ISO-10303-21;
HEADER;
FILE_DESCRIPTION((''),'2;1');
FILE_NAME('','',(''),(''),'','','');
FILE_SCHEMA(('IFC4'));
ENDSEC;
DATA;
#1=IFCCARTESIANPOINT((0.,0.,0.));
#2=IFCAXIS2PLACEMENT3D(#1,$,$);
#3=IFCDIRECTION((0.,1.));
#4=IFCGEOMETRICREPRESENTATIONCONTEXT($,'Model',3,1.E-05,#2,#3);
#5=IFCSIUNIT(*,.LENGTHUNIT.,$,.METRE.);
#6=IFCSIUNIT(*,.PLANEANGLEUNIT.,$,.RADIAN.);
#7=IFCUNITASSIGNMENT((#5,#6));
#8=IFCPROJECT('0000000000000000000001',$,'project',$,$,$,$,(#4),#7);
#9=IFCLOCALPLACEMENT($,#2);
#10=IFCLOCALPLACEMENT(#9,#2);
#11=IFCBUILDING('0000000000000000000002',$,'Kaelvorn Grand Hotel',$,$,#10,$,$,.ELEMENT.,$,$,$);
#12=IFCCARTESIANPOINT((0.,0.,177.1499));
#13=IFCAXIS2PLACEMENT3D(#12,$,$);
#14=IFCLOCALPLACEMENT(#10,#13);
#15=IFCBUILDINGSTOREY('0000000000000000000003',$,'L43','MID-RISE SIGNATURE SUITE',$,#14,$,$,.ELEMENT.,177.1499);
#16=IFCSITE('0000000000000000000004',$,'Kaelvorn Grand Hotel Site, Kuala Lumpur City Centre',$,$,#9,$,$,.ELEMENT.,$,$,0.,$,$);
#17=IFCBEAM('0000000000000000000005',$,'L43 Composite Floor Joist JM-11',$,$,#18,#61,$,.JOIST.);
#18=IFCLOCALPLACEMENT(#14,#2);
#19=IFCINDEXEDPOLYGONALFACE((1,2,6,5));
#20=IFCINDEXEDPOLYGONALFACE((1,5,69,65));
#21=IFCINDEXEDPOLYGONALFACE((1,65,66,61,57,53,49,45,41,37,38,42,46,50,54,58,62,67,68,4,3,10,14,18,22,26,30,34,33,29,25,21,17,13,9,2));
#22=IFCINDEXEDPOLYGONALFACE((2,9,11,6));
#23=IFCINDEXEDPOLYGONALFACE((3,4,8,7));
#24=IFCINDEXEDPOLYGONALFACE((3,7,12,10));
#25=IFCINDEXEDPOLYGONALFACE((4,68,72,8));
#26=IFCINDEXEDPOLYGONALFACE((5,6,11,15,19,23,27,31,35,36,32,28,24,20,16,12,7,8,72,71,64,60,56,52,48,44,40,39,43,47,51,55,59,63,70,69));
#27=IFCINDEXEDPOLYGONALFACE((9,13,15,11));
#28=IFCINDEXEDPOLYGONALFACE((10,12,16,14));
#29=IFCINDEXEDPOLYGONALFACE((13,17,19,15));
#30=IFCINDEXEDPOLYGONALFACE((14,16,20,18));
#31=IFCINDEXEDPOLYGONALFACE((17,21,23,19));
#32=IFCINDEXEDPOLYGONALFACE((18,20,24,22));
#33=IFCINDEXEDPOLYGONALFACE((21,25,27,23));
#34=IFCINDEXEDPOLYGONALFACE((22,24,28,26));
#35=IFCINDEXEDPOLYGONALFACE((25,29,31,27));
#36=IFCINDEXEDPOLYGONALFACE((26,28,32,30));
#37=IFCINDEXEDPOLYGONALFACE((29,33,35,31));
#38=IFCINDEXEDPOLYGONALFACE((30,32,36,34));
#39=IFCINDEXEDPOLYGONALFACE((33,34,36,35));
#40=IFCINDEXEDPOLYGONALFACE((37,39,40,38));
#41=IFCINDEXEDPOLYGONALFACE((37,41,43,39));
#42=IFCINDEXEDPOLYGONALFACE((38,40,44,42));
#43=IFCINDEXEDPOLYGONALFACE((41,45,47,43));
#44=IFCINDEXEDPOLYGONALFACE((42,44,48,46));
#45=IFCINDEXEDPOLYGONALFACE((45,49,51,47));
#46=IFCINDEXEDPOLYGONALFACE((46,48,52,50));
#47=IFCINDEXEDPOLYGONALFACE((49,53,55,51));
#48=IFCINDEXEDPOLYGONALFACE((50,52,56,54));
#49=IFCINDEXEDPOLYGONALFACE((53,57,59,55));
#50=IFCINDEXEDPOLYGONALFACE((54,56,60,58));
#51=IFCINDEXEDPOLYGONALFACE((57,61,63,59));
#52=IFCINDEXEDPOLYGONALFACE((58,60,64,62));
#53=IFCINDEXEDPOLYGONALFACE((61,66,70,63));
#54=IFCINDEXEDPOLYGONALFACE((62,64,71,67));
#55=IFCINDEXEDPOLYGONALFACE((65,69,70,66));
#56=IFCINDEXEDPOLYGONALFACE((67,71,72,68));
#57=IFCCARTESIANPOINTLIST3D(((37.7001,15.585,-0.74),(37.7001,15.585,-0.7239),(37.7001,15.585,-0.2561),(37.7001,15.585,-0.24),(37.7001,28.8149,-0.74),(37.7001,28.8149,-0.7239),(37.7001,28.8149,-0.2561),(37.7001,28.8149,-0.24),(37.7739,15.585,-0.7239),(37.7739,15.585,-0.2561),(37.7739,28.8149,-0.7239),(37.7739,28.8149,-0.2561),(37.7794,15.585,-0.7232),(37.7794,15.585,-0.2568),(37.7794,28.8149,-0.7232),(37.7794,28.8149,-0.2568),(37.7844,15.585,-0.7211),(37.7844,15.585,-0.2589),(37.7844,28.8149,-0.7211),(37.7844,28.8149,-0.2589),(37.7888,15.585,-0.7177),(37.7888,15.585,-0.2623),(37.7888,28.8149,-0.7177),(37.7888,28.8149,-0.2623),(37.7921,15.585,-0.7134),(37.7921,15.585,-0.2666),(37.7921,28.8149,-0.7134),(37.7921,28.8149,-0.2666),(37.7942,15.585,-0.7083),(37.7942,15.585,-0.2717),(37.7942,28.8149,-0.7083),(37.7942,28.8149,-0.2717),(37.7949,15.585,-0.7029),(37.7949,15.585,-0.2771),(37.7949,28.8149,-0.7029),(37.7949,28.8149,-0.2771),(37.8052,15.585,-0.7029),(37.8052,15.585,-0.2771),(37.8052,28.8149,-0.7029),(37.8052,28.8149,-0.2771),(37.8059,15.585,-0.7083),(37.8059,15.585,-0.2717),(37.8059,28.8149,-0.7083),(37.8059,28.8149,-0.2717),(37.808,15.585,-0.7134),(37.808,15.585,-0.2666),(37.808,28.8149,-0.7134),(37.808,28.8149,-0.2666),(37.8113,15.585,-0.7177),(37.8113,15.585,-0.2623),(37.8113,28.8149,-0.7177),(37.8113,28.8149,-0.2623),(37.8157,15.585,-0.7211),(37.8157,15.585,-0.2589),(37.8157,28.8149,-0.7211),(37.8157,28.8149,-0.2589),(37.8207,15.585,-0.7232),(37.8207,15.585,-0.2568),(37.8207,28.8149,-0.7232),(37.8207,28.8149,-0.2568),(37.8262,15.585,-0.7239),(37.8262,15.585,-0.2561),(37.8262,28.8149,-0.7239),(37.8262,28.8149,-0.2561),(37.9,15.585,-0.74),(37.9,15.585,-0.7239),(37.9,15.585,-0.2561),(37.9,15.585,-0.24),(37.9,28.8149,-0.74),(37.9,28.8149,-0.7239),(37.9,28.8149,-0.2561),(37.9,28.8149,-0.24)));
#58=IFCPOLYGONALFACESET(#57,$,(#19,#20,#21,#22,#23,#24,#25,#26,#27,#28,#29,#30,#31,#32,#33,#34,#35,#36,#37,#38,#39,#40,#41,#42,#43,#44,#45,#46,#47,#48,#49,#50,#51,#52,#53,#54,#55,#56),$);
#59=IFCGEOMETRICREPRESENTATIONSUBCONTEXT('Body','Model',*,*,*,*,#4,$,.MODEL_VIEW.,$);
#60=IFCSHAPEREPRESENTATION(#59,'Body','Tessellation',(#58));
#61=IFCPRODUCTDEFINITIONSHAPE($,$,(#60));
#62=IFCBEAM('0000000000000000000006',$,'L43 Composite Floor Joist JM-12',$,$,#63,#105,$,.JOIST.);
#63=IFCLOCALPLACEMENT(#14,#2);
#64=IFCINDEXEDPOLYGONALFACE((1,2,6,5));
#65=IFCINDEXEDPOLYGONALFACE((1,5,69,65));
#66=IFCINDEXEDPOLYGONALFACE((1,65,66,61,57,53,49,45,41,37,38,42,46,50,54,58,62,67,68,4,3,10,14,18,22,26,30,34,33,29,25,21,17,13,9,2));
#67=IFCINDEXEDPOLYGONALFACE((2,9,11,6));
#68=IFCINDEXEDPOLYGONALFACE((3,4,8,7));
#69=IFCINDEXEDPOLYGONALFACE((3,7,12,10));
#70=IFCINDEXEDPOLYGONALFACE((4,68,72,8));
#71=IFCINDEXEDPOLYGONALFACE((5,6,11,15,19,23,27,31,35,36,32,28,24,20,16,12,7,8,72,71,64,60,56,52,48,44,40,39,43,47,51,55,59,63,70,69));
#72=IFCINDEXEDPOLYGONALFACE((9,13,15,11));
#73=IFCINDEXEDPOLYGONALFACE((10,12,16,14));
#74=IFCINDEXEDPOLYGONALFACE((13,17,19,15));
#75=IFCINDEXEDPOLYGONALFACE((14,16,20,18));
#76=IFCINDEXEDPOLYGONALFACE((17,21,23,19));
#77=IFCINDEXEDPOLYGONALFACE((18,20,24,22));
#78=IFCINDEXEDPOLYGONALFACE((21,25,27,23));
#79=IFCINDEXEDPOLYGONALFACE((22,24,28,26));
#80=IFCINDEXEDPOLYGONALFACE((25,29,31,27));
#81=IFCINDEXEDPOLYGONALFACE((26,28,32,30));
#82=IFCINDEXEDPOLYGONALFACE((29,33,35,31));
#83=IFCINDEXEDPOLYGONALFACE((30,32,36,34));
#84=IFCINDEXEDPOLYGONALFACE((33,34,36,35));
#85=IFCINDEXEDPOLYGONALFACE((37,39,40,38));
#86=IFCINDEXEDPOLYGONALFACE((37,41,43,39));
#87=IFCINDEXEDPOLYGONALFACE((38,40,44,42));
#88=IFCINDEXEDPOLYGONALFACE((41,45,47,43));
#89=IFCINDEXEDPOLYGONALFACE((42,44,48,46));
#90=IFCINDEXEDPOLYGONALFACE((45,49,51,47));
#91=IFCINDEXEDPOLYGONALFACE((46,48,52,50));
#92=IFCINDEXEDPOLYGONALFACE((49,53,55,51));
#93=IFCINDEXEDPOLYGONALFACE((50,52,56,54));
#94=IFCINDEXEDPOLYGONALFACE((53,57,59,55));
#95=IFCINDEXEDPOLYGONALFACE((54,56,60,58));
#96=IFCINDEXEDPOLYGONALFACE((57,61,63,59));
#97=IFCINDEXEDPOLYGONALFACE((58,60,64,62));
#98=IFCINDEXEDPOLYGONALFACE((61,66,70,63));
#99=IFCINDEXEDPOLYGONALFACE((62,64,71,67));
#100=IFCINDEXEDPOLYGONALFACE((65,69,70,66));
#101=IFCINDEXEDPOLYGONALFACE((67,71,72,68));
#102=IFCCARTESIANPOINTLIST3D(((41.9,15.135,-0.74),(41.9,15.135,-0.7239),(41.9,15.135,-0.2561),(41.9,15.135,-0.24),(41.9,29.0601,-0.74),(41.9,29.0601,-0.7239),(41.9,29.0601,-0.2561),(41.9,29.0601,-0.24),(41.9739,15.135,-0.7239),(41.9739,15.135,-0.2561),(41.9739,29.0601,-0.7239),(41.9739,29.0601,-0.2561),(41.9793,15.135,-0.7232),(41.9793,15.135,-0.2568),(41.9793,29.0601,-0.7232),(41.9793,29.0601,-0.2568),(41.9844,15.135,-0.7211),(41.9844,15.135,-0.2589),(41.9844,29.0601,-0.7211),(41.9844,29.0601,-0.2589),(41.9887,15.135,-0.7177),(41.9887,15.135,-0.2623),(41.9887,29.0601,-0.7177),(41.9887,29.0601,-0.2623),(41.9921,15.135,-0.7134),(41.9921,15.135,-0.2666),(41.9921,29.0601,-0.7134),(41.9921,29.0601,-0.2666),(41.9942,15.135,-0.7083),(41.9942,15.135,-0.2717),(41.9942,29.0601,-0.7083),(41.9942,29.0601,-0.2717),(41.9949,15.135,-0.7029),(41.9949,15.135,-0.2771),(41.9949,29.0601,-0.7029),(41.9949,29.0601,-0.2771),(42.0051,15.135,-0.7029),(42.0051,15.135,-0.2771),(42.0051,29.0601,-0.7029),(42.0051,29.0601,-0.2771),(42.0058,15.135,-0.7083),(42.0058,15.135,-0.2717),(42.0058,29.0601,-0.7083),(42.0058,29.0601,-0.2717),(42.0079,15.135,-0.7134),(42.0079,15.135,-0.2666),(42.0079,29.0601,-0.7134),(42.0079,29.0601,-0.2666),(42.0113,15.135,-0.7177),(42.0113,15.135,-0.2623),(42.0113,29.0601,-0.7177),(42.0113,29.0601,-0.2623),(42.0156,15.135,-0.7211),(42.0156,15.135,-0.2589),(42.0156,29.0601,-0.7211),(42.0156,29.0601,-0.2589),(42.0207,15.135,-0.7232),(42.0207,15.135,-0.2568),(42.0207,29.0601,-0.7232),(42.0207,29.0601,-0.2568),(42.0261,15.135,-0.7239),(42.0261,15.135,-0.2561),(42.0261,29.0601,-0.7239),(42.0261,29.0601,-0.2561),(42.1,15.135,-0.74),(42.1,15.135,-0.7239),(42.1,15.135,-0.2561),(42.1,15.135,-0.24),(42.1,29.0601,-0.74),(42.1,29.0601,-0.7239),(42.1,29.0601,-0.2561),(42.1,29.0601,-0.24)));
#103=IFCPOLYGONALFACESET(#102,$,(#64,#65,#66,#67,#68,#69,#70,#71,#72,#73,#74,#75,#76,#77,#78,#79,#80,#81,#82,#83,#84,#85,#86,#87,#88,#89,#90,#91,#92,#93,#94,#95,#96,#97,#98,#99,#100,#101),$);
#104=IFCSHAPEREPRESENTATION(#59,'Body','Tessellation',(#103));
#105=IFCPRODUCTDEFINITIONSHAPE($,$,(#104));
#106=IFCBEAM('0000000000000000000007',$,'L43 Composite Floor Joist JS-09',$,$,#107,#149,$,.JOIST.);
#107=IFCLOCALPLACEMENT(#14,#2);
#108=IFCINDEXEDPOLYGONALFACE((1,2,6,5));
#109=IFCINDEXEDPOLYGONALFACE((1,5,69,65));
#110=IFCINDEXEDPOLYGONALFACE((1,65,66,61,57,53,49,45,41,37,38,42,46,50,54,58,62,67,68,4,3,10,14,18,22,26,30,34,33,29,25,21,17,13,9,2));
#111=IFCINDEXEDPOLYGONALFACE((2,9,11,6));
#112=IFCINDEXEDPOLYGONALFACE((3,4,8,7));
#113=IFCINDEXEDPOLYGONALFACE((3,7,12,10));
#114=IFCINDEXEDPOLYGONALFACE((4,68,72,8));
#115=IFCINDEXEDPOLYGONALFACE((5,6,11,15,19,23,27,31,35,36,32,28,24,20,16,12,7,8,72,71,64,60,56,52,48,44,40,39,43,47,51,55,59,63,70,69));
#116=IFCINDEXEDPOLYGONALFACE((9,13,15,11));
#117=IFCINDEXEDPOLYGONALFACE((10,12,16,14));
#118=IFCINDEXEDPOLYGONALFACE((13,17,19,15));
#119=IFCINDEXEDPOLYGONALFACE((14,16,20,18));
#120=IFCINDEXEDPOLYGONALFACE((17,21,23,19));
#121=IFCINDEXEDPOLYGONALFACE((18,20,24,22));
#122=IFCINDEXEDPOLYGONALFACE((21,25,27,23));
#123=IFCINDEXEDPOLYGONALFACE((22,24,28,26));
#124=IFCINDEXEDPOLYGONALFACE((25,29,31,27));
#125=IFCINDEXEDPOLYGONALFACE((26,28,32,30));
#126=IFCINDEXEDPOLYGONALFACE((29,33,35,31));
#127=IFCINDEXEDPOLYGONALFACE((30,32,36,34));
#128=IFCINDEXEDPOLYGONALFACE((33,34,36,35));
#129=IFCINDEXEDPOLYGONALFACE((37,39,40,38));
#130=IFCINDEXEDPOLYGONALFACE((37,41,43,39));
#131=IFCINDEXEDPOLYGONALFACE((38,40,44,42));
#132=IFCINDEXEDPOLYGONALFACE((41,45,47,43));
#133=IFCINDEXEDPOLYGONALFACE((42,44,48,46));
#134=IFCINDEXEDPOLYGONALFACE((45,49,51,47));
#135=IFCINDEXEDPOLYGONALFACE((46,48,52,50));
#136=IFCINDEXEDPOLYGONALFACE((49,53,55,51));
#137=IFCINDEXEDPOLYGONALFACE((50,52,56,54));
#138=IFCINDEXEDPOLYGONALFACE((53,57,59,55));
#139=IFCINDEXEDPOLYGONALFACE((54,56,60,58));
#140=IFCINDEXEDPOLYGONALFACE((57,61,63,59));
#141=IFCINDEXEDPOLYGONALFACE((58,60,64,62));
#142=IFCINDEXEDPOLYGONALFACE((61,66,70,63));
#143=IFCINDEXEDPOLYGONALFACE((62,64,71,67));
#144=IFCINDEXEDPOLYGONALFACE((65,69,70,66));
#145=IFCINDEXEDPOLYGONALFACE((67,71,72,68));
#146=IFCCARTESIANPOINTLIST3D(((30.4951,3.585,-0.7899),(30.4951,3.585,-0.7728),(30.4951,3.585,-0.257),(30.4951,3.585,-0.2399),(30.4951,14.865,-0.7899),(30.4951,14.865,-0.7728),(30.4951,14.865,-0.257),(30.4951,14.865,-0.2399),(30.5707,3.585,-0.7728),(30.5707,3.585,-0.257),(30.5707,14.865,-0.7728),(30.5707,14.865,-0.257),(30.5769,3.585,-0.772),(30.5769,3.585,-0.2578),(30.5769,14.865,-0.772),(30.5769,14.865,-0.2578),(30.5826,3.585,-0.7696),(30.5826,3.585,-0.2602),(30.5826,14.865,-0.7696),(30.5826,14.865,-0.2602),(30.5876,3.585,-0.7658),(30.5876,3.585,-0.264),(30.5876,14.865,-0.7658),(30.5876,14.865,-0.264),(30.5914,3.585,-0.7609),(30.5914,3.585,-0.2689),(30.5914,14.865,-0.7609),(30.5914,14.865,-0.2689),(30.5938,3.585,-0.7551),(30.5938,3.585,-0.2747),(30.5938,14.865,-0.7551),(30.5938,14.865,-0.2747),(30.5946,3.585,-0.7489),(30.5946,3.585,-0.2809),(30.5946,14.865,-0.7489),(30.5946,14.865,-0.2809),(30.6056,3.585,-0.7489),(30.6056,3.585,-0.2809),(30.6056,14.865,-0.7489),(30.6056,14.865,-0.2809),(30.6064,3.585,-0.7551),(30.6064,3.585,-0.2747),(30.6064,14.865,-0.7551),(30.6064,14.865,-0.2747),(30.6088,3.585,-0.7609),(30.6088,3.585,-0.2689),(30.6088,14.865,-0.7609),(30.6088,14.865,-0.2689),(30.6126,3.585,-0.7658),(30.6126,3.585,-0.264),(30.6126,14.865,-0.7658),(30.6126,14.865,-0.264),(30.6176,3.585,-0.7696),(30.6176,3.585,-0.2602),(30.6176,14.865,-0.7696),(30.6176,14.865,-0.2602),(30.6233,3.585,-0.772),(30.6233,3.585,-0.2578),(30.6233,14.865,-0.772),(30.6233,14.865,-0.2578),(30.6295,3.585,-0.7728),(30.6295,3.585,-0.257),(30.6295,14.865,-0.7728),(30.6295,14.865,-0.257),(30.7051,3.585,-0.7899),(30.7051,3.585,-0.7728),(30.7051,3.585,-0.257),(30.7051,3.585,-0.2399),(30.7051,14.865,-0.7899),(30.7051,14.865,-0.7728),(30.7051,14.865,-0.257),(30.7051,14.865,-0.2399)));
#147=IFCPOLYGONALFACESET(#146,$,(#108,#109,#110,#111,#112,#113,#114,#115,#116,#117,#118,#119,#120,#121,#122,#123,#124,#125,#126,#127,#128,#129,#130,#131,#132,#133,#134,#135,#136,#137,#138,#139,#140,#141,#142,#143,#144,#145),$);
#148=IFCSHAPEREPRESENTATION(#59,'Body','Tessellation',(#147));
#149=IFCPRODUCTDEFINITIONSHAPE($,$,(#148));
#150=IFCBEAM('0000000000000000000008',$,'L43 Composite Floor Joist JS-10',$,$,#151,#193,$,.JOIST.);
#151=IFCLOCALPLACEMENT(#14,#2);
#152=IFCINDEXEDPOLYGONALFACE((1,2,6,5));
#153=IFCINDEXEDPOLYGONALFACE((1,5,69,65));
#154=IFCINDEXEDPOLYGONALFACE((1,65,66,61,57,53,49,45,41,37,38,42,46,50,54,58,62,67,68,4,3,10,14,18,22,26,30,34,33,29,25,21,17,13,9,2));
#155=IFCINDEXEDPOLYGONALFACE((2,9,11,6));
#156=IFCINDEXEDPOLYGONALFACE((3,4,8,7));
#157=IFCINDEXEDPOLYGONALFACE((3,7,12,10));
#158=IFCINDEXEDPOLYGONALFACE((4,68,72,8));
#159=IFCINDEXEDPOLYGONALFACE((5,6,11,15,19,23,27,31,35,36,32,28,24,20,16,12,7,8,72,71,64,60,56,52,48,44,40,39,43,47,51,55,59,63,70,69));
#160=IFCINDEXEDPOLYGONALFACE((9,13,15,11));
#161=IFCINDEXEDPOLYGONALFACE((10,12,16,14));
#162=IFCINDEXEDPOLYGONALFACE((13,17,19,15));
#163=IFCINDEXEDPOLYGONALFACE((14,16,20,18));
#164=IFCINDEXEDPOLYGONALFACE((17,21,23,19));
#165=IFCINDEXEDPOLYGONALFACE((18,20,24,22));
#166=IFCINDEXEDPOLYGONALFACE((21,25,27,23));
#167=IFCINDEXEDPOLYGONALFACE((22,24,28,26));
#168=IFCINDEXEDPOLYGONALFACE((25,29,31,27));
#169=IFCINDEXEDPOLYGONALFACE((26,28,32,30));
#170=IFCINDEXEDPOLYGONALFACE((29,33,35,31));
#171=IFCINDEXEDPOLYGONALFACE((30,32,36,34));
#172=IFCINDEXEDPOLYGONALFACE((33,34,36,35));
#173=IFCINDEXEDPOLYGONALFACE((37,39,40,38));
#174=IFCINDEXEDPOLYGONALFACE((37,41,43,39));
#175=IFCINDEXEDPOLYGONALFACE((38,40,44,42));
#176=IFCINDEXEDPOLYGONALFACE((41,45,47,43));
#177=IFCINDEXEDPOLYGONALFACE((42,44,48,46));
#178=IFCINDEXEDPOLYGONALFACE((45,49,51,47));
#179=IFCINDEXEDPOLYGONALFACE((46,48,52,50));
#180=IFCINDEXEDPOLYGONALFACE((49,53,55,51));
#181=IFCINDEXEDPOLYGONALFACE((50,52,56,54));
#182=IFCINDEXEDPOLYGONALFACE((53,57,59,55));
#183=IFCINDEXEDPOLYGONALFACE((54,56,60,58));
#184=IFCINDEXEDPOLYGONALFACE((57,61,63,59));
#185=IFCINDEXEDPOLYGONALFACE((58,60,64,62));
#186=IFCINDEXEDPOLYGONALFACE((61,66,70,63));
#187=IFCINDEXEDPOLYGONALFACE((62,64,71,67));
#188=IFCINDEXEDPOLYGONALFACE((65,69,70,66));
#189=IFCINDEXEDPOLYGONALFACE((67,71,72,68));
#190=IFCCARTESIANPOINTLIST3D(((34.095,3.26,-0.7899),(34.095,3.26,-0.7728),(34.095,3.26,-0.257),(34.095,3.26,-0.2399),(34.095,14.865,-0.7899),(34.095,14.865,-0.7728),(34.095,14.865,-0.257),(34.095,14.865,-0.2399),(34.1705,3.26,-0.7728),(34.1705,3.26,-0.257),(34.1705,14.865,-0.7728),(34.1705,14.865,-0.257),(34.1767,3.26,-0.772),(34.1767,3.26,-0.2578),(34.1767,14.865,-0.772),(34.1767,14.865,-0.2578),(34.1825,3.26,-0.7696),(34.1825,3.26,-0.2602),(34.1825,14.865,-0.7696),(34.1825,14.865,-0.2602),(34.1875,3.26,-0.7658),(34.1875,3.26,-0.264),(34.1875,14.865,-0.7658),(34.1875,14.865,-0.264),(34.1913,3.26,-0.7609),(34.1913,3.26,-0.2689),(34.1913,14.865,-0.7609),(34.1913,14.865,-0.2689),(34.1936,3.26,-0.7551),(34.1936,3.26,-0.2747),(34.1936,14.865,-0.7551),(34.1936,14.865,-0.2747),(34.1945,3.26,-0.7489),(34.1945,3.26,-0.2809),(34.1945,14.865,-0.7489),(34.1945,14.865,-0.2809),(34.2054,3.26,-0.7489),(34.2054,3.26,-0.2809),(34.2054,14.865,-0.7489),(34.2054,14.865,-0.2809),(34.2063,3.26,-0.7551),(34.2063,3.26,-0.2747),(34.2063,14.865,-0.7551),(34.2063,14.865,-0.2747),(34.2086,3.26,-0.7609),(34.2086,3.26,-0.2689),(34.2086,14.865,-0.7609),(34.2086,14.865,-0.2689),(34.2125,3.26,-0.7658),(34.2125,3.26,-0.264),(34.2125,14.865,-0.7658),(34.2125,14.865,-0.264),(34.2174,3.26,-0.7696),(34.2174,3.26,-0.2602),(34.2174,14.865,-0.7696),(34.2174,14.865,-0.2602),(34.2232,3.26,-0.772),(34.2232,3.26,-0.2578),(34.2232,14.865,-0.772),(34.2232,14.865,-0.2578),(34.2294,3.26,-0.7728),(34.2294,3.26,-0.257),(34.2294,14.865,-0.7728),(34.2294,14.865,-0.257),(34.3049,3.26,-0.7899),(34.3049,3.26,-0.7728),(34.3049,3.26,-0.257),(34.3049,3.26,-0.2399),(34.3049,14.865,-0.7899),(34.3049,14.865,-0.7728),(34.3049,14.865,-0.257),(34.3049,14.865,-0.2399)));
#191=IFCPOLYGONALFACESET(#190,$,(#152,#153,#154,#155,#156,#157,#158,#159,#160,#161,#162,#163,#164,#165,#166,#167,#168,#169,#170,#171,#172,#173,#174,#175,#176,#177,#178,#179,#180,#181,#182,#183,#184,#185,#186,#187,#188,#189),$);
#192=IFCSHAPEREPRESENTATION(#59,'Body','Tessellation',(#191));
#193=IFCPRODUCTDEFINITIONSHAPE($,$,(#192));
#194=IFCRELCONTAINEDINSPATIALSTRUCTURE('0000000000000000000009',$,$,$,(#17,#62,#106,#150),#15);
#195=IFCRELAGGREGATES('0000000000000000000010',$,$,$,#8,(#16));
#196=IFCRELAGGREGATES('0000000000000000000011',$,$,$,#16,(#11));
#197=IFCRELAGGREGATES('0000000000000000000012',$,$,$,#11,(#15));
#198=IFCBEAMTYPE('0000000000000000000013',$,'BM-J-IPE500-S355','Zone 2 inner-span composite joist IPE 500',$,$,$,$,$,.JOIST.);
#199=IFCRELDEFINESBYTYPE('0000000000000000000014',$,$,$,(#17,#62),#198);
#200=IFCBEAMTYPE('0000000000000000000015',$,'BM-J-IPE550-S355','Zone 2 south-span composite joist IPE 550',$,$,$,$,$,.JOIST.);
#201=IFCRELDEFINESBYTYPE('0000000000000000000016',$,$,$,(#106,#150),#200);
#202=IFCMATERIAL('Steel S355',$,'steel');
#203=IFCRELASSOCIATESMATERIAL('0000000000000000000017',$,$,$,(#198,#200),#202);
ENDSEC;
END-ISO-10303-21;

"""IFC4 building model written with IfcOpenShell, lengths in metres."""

from ifc_helpers import new_model, si_unit, direction, frame, origin, origin_2d, place, context, subcontext, project, spatial, i_section, extrude, material, material_profile, profile_set, type_object, element, save


model = new_model("IFC4")

# Units and contexts
model_context = context("Model", 3, precision=1e-05, world=origin(), true_north=direction((0.0, 1.0)))
body_context = subcontext(model_context, "Body", "Model", "MODEL_VIEW")
ifc_project = project(units=[si_unit("LENGTHUNIT", "METRE"), si_unit("PLANEANGLEUNIT", "RADIAN")], contexts=[model_context])

# Site, building, storey
site_placement = place(None, origin())
site = spatial("IfcSite", under=ifc_project, at=site_placement, Name="Kaelvorn Grand Hotel Site, Kuala Lumpur City Centre", CompositionType="ELEMENT", RefElevation=0.0)
building_placement = place(site_placement, origin())
building = spatial("IfcBuilding", under=site, at=building_placement, Name="Kaelvorn Grand Hotel", CompositionType="ELEMENT")
storey_placement = place(building_placement, frame((0.0, 0.0, 177.1499)))
storey = spatial("IfcBuildingStorey", under=building, at=storey_placement, Name="L43", Description="MID-RISE SIGNATURE SUITE", CompositionType="ELEMENT", Elevation=177.1499)

# Beams
ifc_material_1 = material(Name="Steel S355", Category="steel")
ifc_material_profile_1 = material_profile(ifc_material_1, i_section(OverallWidth=0.2, OverallDepth=0.5, WebThickness=0.0103, FlangeThickness=0.0161, FilletRadius=0.021, at=origin_2d()), Name="IPE 500")
ifc_profile_set_1 = profile_set([ifc_material_profile_1], Name="Steel S355")
beam_type_1 = type_object("IfcBeamType", Name="BM-J-IPE500-S355", Description="Zone 2 inner-span composite joist IPE 500", PredefinedType="JOIST", material=ifc_profile_set_1)
beam_1_placement = place(storey_placement, frame((37.8, 15.585, -0.49), z_axis=(0.0, 1.0, 0.0), x_axis=(-1.0, 0.0, 0.0)))
element("IfcBeam", 1, at=beam_1_placement, inside=storey, type_object=beam_type_1, Name="L43 Composite Floor Joist JM-11", PredefinedType="JOIST", context=body_context, shape_type="SweptSolid", body=[
    extrude(i_section(OverallWidth=0.2, OverallDepth=0.5, WebThickness=0.0103, FlangeThickness=0.0161, FilletRadius=0.021, at=origin_2d()), origin(), (0.0, 0.0, 1.0), 13.23),
])
beam_2_placement = place(storey_placement, frame((42.0, 15.135, -0.49), z_axis=(0.0, 1.0, 0.0), x_axis=(-1.0, 0.0, 0.0)))
element("IfcBeam", 2, at=beam_2_placement, inside=storey, type_object=beam_type_1, Name="L43 Composite Floor Joist JM-12", PredefinedType="JOIST", context=body_context, shape_type="SweptSolid", body=[
    extrude(i_section(OverallWidth=0.2, OverallDepth=0.5, WebThickness=0.0103, FlangeThickness=0.0161, FilletRadius=0.021, at=origin_2d()), origin(), (0.0, 0.0, 1.0), 13.925),
])
ifc_material_profile_2 = material_profile(ifc_material_1, i_section(OverallWidth=0.21, OverallDepth=0.55, WebThickness=0.011, FlangeThickness=0.0171, FilletRadius=0.0239, at=origin_2d()), Name="IPE 550")
ifc_profile_set_2 = profile_set([ifc_material_profile_2], Name="Steel S355")
beam_type_2 = type_object("IfcBeamType", Name="BM-J-IPE550-S355", Description="Zone 2 south-span composite joist IPE 550", PredefinedType="JOIST", material=ifc_profile_set_2)
beam_3_placement = place(storey_placement, frame((30.6001, 3.585, -0.5149), z_axis=(0.0, 1.0, 0.0), x_axis=(-1.0, 0.0, 0.0)))
element("IfcBeam", 3, at=beam_3_placement, inside=storey, type_object=beam_type_2, Name="L43 Composite Floor Joist JS-09", PredefinedType="JOIST", context=body_context, shape_type="SweptSolid", body=[
    extrude(i_section(OverallWidth=0.21, OverallDepth=0.55, WebThickness=0.011, FlangeThickness=0.0171, FilletRadius=0.0239, at=origin_2d()), origin(), (0.0, 0.0, 1.0), 11.28),
])
beam_4_placement = place(storey_placement, frame((34.2, 3.26, -0.5149), z_axis=(0.0, 1.0, 0.0), x_axis=(-1.0, 0.0, 0.0)))
element("IfcBeam", 4, at=beam_4_placement, inside=storey, type_object=beam_type_2, Name="L43 Composite Floor Joist JS-10", PredefinedType="JOIST", context=body_context, shape_type="SweptSolid", body=[
    extrude(i_section(OverallWidth=0.21, OverallDepth=0.55, WebThickness=0.011, FlangeThickness=0.0171, FilletRadius=0.0239, at=origin_2d()), origin(), (0.0, 0.0, 1.0), 11.605),
])

save(model, "model.ifc")
